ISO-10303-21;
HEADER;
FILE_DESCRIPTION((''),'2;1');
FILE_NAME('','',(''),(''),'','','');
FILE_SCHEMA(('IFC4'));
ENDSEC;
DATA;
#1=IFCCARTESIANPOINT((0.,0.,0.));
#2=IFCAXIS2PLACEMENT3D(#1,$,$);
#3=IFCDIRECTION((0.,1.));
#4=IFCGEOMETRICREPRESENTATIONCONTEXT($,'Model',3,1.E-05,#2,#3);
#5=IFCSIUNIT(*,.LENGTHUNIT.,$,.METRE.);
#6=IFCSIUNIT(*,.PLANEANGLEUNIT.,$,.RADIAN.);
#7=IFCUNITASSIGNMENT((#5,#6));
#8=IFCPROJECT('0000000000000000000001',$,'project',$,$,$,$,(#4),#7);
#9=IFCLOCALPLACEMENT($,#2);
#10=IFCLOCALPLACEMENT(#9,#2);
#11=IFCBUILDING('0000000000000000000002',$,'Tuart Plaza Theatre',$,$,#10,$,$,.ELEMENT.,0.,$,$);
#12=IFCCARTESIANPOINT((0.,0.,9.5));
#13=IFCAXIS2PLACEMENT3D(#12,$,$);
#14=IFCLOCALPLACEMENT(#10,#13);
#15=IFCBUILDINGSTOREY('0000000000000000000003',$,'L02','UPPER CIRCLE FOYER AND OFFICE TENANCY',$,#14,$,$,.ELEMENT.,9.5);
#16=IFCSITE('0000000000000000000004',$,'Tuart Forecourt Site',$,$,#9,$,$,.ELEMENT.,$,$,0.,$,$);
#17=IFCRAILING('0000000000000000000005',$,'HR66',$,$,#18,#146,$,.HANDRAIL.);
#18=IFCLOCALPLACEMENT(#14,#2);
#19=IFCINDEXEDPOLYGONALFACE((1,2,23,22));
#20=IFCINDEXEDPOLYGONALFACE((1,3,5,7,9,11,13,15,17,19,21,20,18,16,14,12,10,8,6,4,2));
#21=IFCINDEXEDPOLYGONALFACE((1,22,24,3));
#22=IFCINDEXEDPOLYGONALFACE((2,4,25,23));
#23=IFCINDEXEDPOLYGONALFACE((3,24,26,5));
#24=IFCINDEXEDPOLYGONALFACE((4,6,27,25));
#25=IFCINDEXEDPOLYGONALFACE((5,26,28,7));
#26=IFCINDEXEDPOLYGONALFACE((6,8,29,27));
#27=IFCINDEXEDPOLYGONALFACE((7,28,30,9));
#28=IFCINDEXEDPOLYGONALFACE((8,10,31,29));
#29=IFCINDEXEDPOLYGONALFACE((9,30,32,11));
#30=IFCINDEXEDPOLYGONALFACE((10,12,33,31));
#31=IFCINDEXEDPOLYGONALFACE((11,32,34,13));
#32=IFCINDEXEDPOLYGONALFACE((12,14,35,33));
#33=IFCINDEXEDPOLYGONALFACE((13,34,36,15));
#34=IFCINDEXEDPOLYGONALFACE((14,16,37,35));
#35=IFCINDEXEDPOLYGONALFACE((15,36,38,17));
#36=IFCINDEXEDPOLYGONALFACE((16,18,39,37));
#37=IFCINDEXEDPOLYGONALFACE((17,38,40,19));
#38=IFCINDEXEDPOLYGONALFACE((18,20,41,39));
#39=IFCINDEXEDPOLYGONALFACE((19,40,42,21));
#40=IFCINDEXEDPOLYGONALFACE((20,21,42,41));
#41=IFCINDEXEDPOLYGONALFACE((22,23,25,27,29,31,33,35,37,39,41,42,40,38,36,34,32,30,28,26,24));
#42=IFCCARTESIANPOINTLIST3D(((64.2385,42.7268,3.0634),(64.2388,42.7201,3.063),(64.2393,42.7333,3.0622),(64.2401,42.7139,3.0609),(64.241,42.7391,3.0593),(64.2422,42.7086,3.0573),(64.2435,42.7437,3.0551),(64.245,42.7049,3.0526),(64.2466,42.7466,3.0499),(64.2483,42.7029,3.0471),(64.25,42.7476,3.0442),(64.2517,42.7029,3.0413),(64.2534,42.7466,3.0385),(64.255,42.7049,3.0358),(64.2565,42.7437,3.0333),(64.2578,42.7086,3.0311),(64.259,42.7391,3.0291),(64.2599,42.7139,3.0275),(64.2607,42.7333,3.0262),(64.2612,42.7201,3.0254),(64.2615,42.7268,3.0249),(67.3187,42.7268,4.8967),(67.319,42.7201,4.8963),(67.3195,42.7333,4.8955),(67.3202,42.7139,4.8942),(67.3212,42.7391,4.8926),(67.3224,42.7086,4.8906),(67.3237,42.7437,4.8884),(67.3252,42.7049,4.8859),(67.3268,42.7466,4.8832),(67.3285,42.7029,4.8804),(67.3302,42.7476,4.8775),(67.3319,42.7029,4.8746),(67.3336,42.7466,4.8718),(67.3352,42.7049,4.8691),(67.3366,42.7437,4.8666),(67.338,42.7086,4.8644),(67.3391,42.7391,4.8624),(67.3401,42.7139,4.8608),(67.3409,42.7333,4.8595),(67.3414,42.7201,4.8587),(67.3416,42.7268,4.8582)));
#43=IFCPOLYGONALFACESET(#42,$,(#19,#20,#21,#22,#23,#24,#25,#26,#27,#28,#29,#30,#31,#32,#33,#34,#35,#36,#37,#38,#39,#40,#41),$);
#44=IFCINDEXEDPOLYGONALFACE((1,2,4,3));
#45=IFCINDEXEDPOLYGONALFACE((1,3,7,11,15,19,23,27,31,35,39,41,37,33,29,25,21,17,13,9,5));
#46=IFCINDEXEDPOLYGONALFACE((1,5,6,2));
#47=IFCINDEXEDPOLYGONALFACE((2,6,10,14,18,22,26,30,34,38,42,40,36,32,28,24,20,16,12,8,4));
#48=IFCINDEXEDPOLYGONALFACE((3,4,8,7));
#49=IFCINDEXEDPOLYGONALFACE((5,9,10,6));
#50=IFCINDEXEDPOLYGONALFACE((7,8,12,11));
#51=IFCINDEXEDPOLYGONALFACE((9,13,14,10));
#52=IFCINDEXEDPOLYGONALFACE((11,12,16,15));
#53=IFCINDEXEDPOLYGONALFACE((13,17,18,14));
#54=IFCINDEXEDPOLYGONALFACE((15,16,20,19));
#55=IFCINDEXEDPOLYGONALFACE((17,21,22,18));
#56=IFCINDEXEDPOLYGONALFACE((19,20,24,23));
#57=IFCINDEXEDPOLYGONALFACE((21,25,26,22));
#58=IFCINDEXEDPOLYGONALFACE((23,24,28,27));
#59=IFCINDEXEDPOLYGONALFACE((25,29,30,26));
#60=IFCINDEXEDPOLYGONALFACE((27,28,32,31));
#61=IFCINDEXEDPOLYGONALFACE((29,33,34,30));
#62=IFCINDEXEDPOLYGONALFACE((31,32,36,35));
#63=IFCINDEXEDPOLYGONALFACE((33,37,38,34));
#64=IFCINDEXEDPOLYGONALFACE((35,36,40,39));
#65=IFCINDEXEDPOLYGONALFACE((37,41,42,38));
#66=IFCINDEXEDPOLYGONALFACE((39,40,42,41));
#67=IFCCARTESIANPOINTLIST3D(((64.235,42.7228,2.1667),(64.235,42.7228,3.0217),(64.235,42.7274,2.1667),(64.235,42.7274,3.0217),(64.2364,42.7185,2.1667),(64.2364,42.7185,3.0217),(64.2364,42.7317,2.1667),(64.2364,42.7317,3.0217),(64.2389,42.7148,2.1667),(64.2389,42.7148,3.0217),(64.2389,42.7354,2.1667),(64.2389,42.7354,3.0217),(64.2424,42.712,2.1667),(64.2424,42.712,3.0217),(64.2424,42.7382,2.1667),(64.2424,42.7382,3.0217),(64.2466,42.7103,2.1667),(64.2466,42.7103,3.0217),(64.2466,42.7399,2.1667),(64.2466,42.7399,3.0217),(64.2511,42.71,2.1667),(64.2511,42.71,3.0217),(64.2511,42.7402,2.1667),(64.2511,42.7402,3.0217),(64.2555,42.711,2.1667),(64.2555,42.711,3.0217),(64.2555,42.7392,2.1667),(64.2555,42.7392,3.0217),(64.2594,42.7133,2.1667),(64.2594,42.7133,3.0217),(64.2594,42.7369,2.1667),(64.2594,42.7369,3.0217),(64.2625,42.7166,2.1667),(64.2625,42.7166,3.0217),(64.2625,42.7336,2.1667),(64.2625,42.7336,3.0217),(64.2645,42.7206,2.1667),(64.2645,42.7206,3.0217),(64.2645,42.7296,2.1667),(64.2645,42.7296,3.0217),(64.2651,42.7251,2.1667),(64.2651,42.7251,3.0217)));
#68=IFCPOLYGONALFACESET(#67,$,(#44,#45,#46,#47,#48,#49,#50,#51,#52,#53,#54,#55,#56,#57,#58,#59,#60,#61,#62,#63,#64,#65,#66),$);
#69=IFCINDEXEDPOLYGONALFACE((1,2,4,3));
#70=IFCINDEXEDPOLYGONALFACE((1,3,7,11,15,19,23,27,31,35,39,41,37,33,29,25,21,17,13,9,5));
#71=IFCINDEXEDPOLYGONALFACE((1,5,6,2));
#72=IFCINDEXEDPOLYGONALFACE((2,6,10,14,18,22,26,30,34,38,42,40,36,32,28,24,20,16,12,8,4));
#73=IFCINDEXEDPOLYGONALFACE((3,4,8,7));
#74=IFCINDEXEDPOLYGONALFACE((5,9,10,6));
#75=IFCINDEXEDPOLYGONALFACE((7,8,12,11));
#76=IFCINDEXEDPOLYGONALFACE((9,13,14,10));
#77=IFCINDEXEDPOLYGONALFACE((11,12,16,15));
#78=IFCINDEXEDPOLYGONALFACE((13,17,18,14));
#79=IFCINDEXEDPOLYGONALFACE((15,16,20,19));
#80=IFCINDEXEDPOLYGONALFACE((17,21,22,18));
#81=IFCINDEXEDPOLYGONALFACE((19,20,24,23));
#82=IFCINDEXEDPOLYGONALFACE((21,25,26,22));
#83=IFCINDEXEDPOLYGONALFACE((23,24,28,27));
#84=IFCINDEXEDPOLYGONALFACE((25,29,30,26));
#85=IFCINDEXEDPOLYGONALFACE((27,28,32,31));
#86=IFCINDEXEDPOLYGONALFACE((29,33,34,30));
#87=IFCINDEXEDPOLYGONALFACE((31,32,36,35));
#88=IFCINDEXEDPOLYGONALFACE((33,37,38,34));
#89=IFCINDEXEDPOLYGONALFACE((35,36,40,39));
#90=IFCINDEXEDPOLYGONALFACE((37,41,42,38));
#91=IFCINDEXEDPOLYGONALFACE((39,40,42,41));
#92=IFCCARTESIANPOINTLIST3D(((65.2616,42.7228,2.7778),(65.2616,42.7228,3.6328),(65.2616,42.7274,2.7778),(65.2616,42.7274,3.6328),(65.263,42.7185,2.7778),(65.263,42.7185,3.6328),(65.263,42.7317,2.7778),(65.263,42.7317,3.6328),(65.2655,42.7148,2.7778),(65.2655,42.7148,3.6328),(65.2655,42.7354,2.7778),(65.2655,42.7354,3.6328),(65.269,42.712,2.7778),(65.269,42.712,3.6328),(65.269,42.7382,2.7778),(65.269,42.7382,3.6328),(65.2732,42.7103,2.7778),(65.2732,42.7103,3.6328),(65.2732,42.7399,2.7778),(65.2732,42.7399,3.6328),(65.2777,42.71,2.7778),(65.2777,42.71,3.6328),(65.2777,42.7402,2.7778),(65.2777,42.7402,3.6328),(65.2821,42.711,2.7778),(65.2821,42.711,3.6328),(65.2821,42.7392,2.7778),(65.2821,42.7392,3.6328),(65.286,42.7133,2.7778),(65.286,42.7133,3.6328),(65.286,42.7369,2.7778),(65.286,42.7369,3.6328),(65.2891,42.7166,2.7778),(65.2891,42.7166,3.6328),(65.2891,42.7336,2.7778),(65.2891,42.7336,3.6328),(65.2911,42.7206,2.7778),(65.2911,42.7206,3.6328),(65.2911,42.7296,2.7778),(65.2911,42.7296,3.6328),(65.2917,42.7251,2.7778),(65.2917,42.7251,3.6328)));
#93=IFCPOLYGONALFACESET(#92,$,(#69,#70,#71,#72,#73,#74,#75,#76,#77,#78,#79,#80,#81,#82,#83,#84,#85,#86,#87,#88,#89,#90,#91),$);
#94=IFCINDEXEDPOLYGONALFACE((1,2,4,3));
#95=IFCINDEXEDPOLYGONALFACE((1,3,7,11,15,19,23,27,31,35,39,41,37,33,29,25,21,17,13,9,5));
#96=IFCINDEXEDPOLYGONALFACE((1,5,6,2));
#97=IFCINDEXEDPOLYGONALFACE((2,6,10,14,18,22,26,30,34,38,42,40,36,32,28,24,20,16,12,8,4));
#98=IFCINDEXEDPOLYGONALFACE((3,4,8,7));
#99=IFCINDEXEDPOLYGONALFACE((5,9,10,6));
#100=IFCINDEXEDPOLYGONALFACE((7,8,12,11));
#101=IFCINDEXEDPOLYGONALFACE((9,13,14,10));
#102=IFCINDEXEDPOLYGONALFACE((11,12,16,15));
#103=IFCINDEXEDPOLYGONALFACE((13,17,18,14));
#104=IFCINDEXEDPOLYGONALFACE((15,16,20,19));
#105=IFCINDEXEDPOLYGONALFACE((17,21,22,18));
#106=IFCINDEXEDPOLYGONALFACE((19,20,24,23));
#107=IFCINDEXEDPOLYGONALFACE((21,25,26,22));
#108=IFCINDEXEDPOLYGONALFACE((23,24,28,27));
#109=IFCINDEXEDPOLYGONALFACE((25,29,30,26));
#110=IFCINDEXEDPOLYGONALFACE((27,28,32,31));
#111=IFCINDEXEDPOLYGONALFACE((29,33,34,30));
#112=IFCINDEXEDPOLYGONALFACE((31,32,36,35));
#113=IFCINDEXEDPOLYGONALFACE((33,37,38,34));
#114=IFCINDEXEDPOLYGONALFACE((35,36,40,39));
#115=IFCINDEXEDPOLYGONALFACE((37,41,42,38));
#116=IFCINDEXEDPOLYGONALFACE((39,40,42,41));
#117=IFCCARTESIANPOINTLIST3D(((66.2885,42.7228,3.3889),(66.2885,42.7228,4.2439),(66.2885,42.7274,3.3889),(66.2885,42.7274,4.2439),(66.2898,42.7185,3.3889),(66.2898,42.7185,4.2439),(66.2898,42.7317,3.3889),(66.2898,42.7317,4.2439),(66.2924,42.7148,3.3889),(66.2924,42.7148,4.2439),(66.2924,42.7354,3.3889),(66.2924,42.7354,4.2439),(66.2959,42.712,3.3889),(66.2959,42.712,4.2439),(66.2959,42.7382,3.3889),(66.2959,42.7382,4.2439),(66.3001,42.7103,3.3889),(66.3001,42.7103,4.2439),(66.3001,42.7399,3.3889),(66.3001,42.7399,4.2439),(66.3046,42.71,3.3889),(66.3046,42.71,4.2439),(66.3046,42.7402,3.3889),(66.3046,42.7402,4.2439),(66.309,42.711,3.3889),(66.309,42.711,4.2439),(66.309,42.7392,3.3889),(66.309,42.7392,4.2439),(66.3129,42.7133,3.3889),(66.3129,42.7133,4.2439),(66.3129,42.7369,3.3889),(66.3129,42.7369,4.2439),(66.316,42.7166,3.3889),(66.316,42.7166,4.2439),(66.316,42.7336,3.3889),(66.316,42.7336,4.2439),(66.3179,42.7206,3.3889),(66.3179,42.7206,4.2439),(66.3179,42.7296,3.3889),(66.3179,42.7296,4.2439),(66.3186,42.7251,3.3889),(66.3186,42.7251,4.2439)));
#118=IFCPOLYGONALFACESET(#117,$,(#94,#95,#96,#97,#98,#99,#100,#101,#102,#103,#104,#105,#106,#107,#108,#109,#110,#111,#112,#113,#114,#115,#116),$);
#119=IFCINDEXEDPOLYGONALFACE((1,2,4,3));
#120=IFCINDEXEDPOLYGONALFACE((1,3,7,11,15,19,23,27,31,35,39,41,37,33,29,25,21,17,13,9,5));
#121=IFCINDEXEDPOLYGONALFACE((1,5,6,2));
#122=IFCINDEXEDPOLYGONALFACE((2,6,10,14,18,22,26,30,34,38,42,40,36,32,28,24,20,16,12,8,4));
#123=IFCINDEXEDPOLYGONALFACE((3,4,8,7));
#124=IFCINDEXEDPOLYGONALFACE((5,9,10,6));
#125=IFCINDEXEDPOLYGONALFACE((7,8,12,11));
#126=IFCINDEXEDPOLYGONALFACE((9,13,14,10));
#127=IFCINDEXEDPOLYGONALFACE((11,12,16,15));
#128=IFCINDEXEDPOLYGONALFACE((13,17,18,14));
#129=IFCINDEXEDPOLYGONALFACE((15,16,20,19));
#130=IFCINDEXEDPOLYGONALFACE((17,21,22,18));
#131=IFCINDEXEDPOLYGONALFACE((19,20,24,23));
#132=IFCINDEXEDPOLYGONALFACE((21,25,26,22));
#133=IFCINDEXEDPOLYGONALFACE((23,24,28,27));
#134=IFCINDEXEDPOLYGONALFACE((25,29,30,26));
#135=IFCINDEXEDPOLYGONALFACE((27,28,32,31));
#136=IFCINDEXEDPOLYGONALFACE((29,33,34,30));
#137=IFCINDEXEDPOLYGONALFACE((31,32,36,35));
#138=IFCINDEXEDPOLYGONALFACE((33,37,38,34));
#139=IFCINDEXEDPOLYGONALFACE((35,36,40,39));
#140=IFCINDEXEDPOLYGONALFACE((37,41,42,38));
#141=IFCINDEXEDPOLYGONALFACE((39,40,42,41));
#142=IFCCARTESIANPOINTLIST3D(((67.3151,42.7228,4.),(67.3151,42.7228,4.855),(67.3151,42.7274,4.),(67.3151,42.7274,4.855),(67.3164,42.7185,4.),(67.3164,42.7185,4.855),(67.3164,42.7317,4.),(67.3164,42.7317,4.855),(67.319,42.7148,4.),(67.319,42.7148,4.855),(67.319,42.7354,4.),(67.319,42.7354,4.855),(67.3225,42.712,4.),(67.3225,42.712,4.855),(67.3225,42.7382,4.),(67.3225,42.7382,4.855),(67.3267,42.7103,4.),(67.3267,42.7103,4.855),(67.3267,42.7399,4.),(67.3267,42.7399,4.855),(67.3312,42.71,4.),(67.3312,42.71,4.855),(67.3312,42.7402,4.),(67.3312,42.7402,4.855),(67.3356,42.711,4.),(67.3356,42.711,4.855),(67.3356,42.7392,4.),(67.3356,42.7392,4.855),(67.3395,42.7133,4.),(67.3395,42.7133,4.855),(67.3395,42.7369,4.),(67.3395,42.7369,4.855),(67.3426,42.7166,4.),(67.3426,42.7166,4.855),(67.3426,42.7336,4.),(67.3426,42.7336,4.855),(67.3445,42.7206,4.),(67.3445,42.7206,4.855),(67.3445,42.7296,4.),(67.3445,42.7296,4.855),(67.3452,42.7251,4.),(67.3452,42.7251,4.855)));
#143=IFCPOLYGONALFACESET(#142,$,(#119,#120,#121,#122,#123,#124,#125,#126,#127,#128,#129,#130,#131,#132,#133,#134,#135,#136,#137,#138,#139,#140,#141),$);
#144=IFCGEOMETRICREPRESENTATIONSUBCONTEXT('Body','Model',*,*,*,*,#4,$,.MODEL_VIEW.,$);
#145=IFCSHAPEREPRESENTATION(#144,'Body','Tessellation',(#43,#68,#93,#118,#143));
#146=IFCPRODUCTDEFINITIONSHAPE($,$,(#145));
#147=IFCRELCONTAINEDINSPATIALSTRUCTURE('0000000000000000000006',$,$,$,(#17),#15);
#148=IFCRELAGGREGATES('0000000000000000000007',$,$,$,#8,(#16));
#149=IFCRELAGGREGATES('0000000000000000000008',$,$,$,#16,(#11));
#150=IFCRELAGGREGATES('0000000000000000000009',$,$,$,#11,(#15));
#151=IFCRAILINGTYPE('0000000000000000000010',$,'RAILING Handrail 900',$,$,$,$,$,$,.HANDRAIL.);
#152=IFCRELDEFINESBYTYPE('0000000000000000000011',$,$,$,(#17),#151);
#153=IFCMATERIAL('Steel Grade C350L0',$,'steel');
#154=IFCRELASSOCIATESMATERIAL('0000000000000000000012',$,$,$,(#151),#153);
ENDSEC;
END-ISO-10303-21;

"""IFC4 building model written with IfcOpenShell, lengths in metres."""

from ifc_helpers import new_model, si_unit, direction, frame, origin, origin_2d, place, context, subcontext, project, spatial, circle, extrude, material, type_object, element, save


model = new_model("IFC4")

# Units and contexts
model_context = context("Model", 3, precision=1e-05, world=origin(), true_north=direction((0.0, 1.0)))
body_context = subcontext(model_context, "Body", "Model", "MODEL_VIEW")
ifc_project = project(units=[si_unit("LENGTHUNIT", "METRE"), si_unit("PLANEANGLEUNIT", "RADIAN")], contexts=[model_context])

# Site, building, storey
site_placement = place(None, origin())
site = spatial("IfcSite", under=ifc_project, at=site_placement, Name="Tuart Forecourt Site", CompositionType="ELEMENT", RefElevation=0.0)
building_placement = place(site_placement, origin())
building = spatial("IfcBuilding", under=site, at=building_placement, Name="Tuart Plaza Theatre", CompositionType="ELEMENT", ElevationOfRefHeight=0.0)
storey_placement = place(building_placement, frame((0.0, 0.0, 9.5)))
storey = spatial("IfcBuildingStorey", under=building, at=storey_placement, Name="L02", Description="UPPER CIRCLE FOYER AND OFFICE TENANCY", CompositionType="ELEMENT", Elevation=9.5)

# Railing
ifc_material_1 = material(Name="Steel Grade C350L0", Category="steel")
railing_type_1 = type_object("IfcRailingType", Name="RAILING Handrail 900", PredefinedType="HANDRAIL", material=ifc_material_1)
for number, where, name in (
    (1, (64.25, 42.7251, 2.1667), "HR66"),
):
    element("IfcRailing", number, at=place(storey_placement, frame(where)), inside=storey, type_object=railing_type_1, Name=name, PredefinedType="HANDRAIL", context=body_context, shape_type="SweptSolid", body=[
        extrude(circle(Radius=0.0225, at=origin_2d()), frame((0.0, 0.0, 0.8774), z_axis=(0.859309, 0.0, 0.511458), x_axis=(0.0, 1.0, 0.0)), (0.0, 0.0, 1.0), 3.5845),
        extrude(circle(Radius=0.0151, at=origin_2d()), origin(), (0.0, 0.0, 1.0), 0.855),
        extrude(circle(Radius=0.0151, at=origin_2d()), frame((1.0266, 0.0, 0.6111)), (0.0, 0.0, 1.0), 0.855),
        extrude(circle(Radius=0.0151, at=origin_2d()), frame((2.0535, 0.0, 1.2222)), (0.0, 0.0, 1.0), 0.855),
        extrude(circle(Radius=0.0151, at=origin_2d()), frame((3.0801, 0.0, 1.8333)), (0.0, 0.0, 1.0), 0.855),
    ])

save(model, "model.ifc")
